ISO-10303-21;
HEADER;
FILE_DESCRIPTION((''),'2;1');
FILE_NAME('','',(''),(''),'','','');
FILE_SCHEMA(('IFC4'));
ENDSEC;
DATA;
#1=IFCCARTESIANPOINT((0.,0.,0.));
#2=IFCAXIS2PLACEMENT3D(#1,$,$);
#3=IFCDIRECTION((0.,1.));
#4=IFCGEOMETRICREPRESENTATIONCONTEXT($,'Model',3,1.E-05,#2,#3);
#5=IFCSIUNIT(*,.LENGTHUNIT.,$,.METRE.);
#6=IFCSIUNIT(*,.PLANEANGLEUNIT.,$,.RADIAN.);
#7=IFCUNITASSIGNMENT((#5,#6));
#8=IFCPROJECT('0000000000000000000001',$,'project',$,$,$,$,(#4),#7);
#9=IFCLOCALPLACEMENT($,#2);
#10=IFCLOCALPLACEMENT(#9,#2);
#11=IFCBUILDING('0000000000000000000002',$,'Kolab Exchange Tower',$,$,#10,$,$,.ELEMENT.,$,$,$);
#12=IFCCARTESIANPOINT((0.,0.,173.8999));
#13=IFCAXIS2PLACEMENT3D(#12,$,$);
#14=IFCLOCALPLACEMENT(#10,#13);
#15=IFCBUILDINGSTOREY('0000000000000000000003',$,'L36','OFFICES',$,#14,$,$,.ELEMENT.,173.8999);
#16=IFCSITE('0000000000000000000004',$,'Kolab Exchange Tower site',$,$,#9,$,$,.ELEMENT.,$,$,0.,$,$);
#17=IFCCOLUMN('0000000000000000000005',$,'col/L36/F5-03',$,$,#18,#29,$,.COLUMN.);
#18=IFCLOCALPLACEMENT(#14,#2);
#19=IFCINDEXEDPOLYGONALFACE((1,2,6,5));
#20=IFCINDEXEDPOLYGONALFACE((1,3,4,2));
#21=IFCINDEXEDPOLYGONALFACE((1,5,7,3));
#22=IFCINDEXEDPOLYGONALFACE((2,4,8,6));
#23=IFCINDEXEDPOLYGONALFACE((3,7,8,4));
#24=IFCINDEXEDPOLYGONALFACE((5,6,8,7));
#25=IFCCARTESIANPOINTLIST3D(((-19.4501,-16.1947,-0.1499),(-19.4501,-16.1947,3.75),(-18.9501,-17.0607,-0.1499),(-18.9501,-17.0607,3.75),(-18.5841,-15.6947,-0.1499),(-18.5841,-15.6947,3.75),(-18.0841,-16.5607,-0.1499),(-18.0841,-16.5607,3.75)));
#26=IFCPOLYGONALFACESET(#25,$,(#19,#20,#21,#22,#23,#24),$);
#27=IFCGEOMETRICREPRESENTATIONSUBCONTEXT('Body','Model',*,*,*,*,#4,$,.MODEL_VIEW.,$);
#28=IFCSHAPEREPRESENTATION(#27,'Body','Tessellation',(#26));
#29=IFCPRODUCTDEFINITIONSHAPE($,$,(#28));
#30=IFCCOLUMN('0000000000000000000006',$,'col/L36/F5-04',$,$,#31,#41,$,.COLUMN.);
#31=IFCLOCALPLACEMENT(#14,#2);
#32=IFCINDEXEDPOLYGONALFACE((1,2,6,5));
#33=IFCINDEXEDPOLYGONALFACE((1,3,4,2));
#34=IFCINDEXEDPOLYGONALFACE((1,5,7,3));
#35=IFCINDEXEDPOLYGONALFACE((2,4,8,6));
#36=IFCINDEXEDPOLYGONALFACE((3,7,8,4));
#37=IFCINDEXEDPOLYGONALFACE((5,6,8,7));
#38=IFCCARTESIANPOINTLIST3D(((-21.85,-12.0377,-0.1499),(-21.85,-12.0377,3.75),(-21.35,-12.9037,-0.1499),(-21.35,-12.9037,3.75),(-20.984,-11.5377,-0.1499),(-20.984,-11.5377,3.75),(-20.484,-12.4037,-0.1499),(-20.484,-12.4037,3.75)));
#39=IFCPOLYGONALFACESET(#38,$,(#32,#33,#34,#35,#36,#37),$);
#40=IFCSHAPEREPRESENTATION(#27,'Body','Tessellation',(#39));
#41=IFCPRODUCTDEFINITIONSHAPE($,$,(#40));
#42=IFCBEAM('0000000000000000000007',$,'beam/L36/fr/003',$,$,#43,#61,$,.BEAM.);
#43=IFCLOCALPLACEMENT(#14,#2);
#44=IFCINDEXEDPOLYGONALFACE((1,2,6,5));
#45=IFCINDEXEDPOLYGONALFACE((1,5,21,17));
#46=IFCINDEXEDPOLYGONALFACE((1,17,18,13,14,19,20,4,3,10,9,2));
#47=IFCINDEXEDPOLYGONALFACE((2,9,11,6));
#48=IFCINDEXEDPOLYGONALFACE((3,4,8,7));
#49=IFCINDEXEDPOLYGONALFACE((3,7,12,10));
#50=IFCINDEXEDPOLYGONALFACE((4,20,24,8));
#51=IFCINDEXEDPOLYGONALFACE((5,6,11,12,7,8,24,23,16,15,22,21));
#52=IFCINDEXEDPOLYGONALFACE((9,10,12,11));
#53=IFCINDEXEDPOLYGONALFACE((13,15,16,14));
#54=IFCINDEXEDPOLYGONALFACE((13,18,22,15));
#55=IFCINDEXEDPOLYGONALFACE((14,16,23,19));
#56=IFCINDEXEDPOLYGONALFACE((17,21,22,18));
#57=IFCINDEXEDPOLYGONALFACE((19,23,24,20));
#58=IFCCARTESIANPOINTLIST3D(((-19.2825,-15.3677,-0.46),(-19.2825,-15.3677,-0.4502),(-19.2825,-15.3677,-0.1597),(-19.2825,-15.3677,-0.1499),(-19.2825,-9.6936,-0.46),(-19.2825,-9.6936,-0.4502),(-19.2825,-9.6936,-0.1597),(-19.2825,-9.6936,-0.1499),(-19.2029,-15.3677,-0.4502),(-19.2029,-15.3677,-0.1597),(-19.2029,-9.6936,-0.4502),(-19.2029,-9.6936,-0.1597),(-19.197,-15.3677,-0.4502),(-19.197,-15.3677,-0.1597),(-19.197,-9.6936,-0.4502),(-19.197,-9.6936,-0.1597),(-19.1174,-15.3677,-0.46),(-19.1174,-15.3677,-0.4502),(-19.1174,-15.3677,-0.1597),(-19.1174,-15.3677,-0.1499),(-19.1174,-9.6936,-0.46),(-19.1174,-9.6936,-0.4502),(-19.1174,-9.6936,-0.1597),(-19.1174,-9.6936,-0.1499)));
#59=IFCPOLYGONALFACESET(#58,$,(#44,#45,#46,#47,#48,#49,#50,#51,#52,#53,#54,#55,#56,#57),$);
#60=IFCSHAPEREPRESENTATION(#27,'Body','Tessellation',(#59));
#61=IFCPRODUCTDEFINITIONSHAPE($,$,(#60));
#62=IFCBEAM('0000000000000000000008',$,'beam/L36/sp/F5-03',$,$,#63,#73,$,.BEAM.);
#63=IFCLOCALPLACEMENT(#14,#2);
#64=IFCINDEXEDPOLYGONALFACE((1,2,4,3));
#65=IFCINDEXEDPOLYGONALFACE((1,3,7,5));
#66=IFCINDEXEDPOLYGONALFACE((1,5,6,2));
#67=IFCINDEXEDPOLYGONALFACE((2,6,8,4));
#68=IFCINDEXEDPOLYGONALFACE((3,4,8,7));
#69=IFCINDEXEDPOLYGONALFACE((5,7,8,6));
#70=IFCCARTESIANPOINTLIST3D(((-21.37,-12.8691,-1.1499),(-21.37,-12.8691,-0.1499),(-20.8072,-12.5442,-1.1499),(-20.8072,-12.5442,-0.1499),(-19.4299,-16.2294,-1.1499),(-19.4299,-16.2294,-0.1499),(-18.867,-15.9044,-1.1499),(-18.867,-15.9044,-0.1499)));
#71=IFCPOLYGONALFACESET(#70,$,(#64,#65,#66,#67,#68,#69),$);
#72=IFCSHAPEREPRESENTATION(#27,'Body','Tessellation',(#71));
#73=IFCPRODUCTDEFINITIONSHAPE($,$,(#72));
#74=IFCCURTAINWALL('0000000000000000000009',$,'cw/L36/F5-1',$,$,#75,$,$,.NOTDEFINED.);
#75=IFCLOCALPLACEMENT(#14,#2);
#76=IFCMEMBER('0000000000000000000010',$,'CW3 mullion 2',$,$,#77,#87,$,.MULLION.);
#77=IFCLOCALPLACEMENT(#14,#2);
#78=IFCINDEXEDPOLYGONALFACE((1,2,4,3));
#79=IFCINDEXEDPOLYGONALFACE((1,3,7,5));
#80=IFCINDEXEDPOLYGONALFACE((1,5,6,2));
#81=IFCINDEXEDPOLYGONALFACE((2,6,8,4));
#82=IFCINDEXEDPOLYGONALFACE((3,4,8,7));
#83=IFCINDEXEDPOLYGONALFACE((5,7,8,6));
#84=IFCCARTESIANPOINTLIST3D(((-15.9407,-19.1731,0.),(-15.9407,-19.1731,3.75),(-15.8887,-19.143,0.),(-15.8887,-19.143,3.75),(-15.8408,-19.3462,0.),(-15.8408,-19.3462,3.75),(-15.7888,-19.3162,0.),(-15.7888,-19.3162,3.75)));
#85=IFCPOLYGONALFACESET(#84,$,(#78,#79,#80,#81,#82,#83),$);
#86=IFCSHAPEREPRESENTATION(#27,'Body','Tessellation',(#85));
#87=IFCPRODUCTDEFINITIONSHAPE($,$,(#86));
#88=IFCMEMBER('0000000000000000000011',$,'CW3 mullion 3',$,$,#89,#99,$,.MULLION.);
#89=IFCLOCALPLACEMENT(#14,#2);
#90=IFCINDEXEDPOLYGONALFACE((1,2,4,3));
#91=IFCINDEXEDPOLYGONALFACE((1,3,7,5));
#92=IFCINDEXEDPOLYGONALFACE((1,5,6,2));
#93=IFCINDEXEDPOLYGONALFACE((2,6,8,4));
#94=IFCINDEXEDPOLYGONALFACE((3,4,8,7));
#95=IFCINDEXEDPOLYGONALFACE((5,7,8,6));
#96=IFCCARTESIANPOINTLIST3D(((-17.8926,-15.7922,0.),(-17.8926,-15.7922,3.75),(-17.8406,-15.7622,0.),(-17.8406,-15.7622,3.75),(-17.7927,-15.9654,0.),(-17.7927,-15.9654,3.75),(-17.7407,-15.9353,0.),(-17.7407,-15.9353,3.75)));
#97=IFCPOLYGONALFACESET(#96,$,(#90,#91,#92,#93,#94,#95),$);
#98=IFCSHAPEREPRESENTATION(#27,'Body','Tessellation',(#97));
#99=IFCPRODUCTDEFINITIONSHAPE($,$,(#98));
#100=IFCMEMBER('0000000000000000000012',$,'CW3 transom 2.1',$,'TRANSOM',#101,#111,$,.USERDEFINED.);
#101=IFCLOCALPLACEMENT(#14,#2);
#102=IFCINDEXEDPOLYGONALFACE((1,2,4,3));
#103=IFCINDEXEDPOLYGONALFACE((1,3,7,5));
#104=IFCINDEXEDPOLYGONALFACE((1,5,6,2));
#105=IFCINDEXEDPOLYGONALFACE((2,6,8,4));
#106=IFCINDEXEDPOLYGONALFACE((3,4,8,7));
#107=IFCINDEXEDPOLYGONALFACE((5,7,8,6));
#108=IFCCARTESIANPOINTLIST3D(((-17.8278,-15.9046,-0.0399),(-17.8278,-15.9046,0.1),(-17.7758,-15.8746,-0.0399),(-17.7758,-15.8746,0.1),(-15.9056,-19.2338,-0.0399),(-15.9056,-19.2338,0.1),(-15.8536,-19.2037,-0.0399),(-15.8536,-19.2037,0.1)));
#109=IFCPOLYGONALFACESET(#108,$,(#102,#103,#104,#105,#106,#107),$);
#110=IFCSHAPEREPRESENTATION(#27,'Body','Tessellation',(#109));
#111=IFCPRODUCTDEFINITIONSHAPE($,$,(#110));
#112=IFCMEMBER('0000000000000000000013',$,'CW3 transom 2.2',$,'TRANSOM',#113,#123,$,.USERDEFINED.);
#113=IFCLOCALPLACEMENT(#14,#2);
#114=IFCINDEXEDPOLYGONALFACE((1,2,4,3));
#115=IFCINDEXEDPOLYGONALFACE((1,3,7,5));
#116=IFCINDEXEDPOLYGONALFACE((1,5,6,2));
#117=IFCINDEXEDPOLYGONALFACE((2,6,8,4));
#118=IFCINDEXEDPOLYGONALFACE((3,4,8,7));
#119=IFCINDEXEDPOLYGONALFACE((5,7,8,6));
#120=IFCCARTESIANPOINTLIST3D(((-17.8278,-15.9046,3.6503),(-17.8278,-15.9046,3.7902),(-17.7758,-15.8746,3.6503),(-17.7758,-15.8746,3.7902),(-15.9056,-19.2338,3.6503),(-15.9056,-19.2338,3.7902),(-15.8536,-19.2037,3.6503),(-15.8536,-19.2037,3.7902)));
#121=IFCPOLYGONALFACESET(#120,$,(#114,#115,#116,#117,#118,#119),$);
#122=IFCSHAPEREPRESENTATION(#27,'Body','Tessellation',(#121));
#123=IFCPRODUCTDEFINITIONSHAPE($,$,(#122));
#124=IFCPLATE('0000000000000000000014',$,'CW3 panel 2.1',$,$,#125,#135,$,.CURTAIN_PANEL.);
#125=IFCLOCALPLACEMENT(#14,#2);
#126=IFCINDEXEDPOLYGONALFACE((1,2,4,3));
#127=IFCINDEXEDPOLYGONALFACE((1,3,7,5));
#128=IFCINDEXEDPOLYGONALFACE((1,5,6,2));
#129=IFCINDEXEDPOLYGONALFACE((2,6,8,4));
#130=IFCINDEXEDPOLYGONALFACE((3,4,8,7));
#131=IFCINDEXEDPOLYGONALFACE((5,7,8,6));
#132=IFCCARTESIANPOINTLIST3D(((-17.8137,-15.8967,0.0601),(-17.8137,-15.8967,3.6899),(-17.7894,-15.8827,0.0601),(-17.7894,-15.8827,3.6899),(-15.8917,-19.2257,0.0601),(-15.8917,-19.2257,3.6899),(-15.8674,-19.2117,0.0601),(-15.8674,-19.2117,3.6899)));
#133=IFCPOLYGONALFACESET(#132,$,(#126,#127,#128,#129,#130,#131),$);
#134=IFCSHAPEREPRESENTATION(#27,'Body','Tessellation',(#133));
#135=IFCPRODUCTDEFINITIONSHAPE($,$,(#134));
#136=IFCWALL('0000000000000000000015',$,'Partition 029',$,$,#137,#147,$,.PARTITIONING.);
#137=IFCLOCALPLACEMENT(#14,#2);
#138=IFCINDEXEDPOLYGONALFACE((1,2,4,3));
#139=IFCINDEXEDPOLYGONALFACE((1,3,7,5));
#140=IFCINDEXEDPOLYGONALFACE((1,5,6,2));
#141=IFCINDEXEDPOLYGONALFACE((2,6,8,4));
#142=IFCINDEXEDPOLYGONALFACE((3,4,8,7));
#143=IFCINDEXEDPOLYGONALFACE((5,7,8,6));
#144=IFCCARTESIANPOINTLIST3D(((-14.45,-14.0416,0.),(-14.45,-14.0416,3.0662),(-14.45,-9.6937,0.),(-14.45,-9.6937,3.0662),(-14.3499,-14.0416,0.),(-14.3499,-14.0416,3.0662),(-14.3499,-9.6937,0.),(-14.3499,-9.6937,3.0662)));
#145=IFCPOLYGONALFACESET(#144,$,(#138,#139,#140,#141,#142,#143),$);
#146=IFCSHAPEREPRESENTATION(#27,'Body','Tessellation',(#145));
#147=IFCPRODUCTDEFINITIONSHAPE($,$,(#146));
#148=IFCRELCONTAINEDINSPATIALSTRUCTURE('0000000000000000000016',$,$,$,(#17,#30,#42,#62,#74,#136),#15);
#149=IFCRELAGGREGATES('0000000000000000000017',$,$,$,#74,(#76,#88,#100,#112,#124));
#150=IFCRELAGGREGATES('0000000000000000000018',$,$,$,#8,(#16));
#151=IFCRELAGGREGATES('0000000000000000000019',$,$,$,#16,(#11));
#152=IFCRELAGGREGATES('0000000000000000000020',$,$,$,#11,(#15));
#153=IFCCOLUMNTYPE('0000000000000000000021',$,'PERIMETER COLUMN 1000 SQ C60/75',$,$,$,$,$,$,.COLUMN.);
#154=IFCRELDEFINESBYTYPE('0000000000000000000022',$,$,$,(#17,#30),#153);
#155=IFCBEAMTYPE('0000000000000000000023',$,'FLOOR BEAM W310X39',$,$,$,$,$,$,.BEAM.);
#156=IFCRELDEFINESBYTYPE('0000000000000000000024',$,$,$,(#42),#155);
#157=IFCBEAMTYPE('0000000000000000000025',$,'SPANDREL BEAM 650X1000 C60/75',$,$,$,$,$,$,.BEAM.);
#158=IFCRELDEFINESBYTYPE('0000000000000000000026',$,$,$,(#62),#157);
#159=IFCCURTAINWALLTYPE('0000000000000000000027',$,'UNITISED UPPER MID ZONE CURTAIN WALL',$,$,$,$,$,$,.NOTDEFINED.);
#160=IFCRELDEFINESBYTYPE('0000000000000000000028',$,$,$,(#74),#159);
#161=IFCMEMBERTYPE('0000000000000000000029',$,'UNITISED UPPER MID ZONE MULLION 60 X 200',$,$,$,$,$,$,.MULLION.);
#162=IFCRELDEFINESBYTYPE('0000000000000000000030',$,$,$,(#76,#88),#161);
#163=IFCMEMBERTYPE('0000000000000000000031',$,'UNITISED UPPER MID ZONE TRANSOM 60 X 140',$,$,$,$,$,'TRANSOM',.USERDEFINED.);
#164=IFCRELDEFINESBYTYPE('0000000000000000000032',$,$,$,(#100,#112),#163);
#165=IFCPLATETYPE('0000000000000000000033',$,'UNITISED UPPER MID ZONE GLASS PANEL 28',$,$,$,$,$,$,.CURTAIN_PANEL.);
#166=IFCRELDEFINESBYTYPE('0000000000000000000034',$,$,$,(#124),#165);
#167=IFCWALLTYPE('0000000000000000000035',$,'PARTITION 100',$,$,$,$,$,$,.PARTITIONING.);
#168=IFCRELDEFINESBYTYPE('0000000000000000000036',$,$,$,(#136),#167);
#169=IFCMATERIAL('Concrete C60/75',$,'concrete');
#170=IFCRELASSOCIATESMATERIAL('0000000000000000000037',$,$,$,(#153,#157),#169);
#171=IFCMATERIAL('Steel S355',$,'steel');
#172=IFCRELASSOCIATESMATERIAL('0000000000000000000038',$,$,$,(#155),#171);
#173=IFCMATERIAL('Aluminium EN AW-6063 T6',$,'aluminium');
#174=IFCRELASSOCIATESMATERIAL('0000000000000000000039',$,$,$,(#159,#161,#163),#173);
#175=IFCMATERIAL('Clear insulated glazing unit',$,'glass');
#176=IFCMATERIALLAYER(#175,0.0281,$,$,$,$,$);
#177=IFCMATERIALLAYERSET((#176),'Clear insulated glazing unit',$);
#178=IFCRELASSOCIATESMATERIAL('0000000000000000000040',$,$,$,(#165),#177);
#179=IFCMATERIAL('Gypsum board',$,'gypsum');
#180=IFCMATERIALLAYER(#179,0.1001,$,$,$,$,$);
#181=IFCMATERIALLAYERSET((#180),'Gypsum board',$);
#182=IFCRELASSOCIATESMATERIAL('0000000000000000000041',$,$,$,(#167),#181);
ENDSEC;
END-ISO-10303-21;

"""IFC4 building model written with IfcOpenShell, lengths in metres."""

from ifc_helpers import new_model, si_unit, direction, frame, frame_2d, origin, origin_2d, place, context, subcontext, project, spatial, rectangle, i_section, extrude, material, layer, layer_set, material_profile, profile_set, type_object, element, aggregate, save


model = new_model("IFC4")

# Units and contexts
model_context = context("Model", 3, precision=1e-05, world=origin(), true_north=direction((0.0, 1.0)))
body_context = subcontext(model_context, "Body", "Model", "MODEL_VIEW")
ifc_project = project(units=[si_unit("LENGTHUNIT", "METRE"), si_unit("PLANEANGLEUNIT", "RADIAN")], contexts=[model_context])

# Site, building, storey
site_placement = place(None, origin())
site = spatial("IfcSite", under=ifc_project, at=site_placement, Name="Kolab Exchange Tower site", CompositionType="ELEMENT", RefElevation=0.0)
building_placement = place(site_placement, origin())
building = spatial("IfcBuilding", under=site, at=building_placement, Name="Kolab Exchange Tower", CompositionType="ELEMENT")
storey_placement = place(building_placement, frame((0.0, 0.0, 173.8999)))
storey = spatial("IfcBuildingStorey", under=building, at=storey_placement, Name="L36", Description="OFFICES", CompositionType="ELEMENT", Elevation=173.8999)

# Columns
ifc_material_1 = material(Name="Concrete C60/75", Category="concrete")
ifc_material_profile_1 = material_profile(ifc_material_1, rectangle(XDim=1.0, YDim=1.0, at=origin_2d()), Name="RC1000")
ifc_profile_set_1 = profile_set([ifc_material_profile_1], Name="Concrete C60/75")
column_type = type_object("IfcColumnType", Name="PERIMETER COLUMN 1000 SQ C60/75", PredefinedType="COLUMN", material=ifc_profile_set_1)
for number, where, z_axis, x_axis, name in (
    (1, (-18.7671, -16.3777, -0.1499), (0.0, 0.0, 1.0), (0.866025, 0.5, 0.0), "col/L36/F5-03"),
    (2, (-21.167, -12.2207, -0.1499), (0.0, 0.0, 1.0), (0.866025, 0.5, 0.0), "col/L36/F5-04"),
):
    element("IfcColumn", number, at=place(storey_placement, frame(where, z_axis=z_axis, x_axis=x_axis)), inside=storey, type_object=column_type, Name=name, PredefinedType="COLUMN", context=body_context, shape_type="SweptSolid", body=[
        extrude(rectangle(XDim=1.0, YDim=1.0, at=origin_2d()), origin(), (0.0, 0.0, 1.0), 3.8999),
    ])

# Beams
ifc_material_2 = material(Name="Steel S355", Category="steel")
ifc_material_profile_2 = material_profile(ifc_material_2, i_section(OverallWidth=0.165, OverallDepth=0.3101, WebThickness=0.0059, FlangeThickness=0.0098, at=origin_2d()), Name="W310X39")
ifc_profile_set_2 = profile_set([ifc_material_profile_2], Name="Steel S355")
beam_type_1 = type_object("IfcBeamType", Name="FLOOR BEAM W310X39", PredefinedType="BEAM", material=ifc_profile_set_2)
beam_1_placement = place(storey_placement, frame((-19.2, -15.3677, -0.3049), z_axis=(0.0, 1.0, 0.0), x_axis=(-1.0, 0.0, 0.0)))
element("IfcBeam", 3, at=beam_1_placement, inside=storey, type_object=beam_type_1, Name="beam/L36/fr/003", PredefinedType="BEAM", context=body_context, shape_type="SweptSolid", body=[
    extrude(i_section(OverallWidth=0.165, OverallDepth=0.3101, WebThickness=0.0059, FlangeThickness=0.0098, at=origin_2d()), origin(), (0.0, 0.0, 1.0), 5.6741),
])
ifc_material_profile_3 = material_profile(ifc_material_1, rectangle(XDim=0.6499, YDim=1.0, at=origin_2d()), Name="RC650X1000")
ifc_profile_set_3 = profile_set([ifc_material_profile_3], Name="Concrete C60/75")
beam_type_2 = type_object("IfcBeamType", Name="SPANDREL BEAM 650X1000 C60/75", PredefinedType="BEAM", material=ifc_profile_set_3)
beam_2_placement = place(storey_placement, frame((-19.1484, -16.0669, -0.6499), z_axis=(-0.500017, 0.866016, 0.0), x_axis=(-0.866016, -0.500017, 0.0)))
element("IfcBeam", 4, at=beam_2_placement, inside=storey, type_object=beam_type_2, Name="beam/L36/sp/F5-03", PredefinedType="BEAM", context=body_context, shape_type="SweptSolid", body=[
    extrude(rectangle(XDim=0.6499, YDim=1.0, at=origin_2d()), origin(), (0.0, 0.0, 1.0), 3.8801),
])

# Curtain wall, members, plate
ifc_material_3 = material(Name="Aluminium EN AW-6063 T6", Category="aluminium")
curtain_wall_type = type_object("IfcCurtainWallType", Name="UNITISED UPPER MID ZONE CURTAIN WALL", PredefinedType="NOTDEFINED", material=ifc_material_3)
curtain_wall_placement = place(storey_placement, origin())
curtain_wall = element("IfcCurtainWall", 5, at=curtain_wall_placement, inside=storey, type_object=curtain_wall_type, Name="cw/L36/F5-1", PredefinedType="NOTDEFINED")
ifc_material_profile_4 = material_profile(ifc_material_3, rectangle(XDim=0.0601, YDim=0.2, at=origin_2d()), Name="RECT 60X200")
ifc_profile_set_4 = profile_set([ifc_material_profile_4], Name="Aluminium EN AW-6063 T6")
member_type_1 = type_object("IfcMemberType", Name="UNITISED UPPER MID ZONE MULLION 60 X 200", PredefinedType="MULLION", material=ifc_profile_set_4)
member_1_placement = place(storey_placement, frame((-15.8647, -19.2446, 0.0), z_axis=(0.0, 0.0, 1.0), x_axis=(-0.866025, -0.5, 0.0)))
member_1 = element("IfcMember", 6, at=member_1_placement, type_object=member_type_1, Name="CW3 mullion 2", PredefinedType="MULLION", context=body_context, shape_type="SweptSolid", body=[
    extrude(rectangle(XDim=0.0601, YDim=0.2, at=origin_2d()), origin(), (0.0, 0.0, 1.0), 3.75),
])
member_2_placement = place(storey_placement, frame((-17.8167, -15.8638, 0.0), z_axis=(0.0, 0.0, 1.0), x_axis=(-0.866025, -0.5, 0.0)))
member_2 = element("IfcMember", 7, at=member_2_placement, type_object=member_type_1, Name="CW3 mullion 3", PredefinedType="MULLION", context=body_context, shape_type="SweptSolid", body=[
    extrude(rectangle(XDim=0.0601, YDim=0.2, at=origin_2d()), origin(), (0.0, 0.0, 1.0), 3.75),
])
ifc_material_profile_5 = material_profile(ifc_material_3, rectangle(XDim=0.0601, YDim=0.1399, at=origin_2d()), Name="RECT 60X140")
ifc_profile_set_5 = profile_set([ifc_material_profile_5], Name="Aluminium EN AW-6063 T6")
member_type_2 = type_object("IfcMemberType", Name="UNITISED UPPER MID ZONE TRANSOM 60 X 140", ElementType="TRANSOM", PredefinedType="USERDEFINED", material=ifc_profile_set_5)
member_3_placement = place(storey_placement, frame((-15.8796, -19.2188, 0.03), z_axis=(-0.500012, 0.866018, 0.0), x_axis=(-0.866018, -0.500012, 0.0)))
member_3 = element("IfcMember", 8, at=member_3_placement, type_object=member_type_2, Name="CW3 transom 2.1", ObjectType="TRANSOM", PredefinedType="USERDEFINED", context=body_context, shape_type="SweptSolid", body=[
    extrude(rectangle(XDim=0.0601, YDim=0.1399, at=origin_2d()), origin(), (0.0, 0.0, 1.0), 3.8442),
])
member_4_placement = place(storey_placement, frame((-15.8796, -19.2188, 3.7202), z_axis=(-0.500012, 0.866018, 0.0), x_axis=(-0.866018, -0.500012, 0.0)))
member_4 = element("IfcMember", 9, at=member_4_placement, type_object=member_type_2, Name="CW3 transom 2.2", ObjectType="TRANSOM", PredefinedType="USERDEFINED", context=body_context, shape_type="SweptSolid", body=[
    extrude(rectangle(XDim=0.0601, YDim=0.1399, at=origin_2d()), origin(), (0.0, 0.0, 1.0), 3.8442),
])
ifc_material_4 = material(Name="Clear insulated glazing unit", Category="glass")
ifc_layer_1 = layer(ifc_material_4, 0.0281)
ifc_layer_set_1 = layer_set([ifc_layer_1], Name="Clear insulated glazing unit")
plate_type = type_object("IfcPlateType", Name="UNITISED UPPER MID ZONE GLASS PANEL 28", PredefinedType="CURTAIN_PANEL", material=ifc_layer_set_1)
plate_placement = place(storey_placement, frame((-16.8406, -17.5542, 0.0601), z_axis=(0.0, 0.0, 1.0), x_axis=(-0.5, 0.866025, 0.0)))
plate = element("IfcPlate", 10, at=plate_placement, type_object=plate_type, Name="CW3 panel 2.1", PredefinedType="CURTAIN_PANEL", context=body_context, shape_type="SweptSolid", body=[
    extrude(rectangle(XDim=3.844, YDim=0.0281, at=origin_2d()), origin(), (0.0, 0.0, 1.0), 3.6299),
])
aggregate(curtain_wall, [member_1, member_2, member_3, member_4, plate])

# Wall
ifc_material_5 = material(Name="Gypsum board", Category="gypsum")
ifc_layer_2 = layer(ifc_material_5, 0.1001)
ifc_layer_set_2 = layer_set([ifc_layer_2], Name="Gypsum board")
wall_type_1 = type_object("IfcWallType", Name="PARTITION 100", PredefinedType="PARTITIONING", material=ifc_layer_set_2)
wall_1_placement = place(storey_placement, frame((-14.3999, -14.0415, 0.0), z_axis=(0.0, 0.0, 1.0), x_axis=(0.0, 1.0, 0.0)))
element("IfcWall", 11, at=wall_1_placement, inside=storey, type_object=wall_type_1, Name="Partition 029", PredefinedType="PARTITIONING", context=body_context, shape_type="SweptSolid", body=[
    extrude(rectangle(XDim=4.3479, YDim=0.1001, at=frame_2d((2.1738, 0.0))), origin(), (0.0, 0.0, 1.0), 3.0662),
])

save(model, "model.ifc")
